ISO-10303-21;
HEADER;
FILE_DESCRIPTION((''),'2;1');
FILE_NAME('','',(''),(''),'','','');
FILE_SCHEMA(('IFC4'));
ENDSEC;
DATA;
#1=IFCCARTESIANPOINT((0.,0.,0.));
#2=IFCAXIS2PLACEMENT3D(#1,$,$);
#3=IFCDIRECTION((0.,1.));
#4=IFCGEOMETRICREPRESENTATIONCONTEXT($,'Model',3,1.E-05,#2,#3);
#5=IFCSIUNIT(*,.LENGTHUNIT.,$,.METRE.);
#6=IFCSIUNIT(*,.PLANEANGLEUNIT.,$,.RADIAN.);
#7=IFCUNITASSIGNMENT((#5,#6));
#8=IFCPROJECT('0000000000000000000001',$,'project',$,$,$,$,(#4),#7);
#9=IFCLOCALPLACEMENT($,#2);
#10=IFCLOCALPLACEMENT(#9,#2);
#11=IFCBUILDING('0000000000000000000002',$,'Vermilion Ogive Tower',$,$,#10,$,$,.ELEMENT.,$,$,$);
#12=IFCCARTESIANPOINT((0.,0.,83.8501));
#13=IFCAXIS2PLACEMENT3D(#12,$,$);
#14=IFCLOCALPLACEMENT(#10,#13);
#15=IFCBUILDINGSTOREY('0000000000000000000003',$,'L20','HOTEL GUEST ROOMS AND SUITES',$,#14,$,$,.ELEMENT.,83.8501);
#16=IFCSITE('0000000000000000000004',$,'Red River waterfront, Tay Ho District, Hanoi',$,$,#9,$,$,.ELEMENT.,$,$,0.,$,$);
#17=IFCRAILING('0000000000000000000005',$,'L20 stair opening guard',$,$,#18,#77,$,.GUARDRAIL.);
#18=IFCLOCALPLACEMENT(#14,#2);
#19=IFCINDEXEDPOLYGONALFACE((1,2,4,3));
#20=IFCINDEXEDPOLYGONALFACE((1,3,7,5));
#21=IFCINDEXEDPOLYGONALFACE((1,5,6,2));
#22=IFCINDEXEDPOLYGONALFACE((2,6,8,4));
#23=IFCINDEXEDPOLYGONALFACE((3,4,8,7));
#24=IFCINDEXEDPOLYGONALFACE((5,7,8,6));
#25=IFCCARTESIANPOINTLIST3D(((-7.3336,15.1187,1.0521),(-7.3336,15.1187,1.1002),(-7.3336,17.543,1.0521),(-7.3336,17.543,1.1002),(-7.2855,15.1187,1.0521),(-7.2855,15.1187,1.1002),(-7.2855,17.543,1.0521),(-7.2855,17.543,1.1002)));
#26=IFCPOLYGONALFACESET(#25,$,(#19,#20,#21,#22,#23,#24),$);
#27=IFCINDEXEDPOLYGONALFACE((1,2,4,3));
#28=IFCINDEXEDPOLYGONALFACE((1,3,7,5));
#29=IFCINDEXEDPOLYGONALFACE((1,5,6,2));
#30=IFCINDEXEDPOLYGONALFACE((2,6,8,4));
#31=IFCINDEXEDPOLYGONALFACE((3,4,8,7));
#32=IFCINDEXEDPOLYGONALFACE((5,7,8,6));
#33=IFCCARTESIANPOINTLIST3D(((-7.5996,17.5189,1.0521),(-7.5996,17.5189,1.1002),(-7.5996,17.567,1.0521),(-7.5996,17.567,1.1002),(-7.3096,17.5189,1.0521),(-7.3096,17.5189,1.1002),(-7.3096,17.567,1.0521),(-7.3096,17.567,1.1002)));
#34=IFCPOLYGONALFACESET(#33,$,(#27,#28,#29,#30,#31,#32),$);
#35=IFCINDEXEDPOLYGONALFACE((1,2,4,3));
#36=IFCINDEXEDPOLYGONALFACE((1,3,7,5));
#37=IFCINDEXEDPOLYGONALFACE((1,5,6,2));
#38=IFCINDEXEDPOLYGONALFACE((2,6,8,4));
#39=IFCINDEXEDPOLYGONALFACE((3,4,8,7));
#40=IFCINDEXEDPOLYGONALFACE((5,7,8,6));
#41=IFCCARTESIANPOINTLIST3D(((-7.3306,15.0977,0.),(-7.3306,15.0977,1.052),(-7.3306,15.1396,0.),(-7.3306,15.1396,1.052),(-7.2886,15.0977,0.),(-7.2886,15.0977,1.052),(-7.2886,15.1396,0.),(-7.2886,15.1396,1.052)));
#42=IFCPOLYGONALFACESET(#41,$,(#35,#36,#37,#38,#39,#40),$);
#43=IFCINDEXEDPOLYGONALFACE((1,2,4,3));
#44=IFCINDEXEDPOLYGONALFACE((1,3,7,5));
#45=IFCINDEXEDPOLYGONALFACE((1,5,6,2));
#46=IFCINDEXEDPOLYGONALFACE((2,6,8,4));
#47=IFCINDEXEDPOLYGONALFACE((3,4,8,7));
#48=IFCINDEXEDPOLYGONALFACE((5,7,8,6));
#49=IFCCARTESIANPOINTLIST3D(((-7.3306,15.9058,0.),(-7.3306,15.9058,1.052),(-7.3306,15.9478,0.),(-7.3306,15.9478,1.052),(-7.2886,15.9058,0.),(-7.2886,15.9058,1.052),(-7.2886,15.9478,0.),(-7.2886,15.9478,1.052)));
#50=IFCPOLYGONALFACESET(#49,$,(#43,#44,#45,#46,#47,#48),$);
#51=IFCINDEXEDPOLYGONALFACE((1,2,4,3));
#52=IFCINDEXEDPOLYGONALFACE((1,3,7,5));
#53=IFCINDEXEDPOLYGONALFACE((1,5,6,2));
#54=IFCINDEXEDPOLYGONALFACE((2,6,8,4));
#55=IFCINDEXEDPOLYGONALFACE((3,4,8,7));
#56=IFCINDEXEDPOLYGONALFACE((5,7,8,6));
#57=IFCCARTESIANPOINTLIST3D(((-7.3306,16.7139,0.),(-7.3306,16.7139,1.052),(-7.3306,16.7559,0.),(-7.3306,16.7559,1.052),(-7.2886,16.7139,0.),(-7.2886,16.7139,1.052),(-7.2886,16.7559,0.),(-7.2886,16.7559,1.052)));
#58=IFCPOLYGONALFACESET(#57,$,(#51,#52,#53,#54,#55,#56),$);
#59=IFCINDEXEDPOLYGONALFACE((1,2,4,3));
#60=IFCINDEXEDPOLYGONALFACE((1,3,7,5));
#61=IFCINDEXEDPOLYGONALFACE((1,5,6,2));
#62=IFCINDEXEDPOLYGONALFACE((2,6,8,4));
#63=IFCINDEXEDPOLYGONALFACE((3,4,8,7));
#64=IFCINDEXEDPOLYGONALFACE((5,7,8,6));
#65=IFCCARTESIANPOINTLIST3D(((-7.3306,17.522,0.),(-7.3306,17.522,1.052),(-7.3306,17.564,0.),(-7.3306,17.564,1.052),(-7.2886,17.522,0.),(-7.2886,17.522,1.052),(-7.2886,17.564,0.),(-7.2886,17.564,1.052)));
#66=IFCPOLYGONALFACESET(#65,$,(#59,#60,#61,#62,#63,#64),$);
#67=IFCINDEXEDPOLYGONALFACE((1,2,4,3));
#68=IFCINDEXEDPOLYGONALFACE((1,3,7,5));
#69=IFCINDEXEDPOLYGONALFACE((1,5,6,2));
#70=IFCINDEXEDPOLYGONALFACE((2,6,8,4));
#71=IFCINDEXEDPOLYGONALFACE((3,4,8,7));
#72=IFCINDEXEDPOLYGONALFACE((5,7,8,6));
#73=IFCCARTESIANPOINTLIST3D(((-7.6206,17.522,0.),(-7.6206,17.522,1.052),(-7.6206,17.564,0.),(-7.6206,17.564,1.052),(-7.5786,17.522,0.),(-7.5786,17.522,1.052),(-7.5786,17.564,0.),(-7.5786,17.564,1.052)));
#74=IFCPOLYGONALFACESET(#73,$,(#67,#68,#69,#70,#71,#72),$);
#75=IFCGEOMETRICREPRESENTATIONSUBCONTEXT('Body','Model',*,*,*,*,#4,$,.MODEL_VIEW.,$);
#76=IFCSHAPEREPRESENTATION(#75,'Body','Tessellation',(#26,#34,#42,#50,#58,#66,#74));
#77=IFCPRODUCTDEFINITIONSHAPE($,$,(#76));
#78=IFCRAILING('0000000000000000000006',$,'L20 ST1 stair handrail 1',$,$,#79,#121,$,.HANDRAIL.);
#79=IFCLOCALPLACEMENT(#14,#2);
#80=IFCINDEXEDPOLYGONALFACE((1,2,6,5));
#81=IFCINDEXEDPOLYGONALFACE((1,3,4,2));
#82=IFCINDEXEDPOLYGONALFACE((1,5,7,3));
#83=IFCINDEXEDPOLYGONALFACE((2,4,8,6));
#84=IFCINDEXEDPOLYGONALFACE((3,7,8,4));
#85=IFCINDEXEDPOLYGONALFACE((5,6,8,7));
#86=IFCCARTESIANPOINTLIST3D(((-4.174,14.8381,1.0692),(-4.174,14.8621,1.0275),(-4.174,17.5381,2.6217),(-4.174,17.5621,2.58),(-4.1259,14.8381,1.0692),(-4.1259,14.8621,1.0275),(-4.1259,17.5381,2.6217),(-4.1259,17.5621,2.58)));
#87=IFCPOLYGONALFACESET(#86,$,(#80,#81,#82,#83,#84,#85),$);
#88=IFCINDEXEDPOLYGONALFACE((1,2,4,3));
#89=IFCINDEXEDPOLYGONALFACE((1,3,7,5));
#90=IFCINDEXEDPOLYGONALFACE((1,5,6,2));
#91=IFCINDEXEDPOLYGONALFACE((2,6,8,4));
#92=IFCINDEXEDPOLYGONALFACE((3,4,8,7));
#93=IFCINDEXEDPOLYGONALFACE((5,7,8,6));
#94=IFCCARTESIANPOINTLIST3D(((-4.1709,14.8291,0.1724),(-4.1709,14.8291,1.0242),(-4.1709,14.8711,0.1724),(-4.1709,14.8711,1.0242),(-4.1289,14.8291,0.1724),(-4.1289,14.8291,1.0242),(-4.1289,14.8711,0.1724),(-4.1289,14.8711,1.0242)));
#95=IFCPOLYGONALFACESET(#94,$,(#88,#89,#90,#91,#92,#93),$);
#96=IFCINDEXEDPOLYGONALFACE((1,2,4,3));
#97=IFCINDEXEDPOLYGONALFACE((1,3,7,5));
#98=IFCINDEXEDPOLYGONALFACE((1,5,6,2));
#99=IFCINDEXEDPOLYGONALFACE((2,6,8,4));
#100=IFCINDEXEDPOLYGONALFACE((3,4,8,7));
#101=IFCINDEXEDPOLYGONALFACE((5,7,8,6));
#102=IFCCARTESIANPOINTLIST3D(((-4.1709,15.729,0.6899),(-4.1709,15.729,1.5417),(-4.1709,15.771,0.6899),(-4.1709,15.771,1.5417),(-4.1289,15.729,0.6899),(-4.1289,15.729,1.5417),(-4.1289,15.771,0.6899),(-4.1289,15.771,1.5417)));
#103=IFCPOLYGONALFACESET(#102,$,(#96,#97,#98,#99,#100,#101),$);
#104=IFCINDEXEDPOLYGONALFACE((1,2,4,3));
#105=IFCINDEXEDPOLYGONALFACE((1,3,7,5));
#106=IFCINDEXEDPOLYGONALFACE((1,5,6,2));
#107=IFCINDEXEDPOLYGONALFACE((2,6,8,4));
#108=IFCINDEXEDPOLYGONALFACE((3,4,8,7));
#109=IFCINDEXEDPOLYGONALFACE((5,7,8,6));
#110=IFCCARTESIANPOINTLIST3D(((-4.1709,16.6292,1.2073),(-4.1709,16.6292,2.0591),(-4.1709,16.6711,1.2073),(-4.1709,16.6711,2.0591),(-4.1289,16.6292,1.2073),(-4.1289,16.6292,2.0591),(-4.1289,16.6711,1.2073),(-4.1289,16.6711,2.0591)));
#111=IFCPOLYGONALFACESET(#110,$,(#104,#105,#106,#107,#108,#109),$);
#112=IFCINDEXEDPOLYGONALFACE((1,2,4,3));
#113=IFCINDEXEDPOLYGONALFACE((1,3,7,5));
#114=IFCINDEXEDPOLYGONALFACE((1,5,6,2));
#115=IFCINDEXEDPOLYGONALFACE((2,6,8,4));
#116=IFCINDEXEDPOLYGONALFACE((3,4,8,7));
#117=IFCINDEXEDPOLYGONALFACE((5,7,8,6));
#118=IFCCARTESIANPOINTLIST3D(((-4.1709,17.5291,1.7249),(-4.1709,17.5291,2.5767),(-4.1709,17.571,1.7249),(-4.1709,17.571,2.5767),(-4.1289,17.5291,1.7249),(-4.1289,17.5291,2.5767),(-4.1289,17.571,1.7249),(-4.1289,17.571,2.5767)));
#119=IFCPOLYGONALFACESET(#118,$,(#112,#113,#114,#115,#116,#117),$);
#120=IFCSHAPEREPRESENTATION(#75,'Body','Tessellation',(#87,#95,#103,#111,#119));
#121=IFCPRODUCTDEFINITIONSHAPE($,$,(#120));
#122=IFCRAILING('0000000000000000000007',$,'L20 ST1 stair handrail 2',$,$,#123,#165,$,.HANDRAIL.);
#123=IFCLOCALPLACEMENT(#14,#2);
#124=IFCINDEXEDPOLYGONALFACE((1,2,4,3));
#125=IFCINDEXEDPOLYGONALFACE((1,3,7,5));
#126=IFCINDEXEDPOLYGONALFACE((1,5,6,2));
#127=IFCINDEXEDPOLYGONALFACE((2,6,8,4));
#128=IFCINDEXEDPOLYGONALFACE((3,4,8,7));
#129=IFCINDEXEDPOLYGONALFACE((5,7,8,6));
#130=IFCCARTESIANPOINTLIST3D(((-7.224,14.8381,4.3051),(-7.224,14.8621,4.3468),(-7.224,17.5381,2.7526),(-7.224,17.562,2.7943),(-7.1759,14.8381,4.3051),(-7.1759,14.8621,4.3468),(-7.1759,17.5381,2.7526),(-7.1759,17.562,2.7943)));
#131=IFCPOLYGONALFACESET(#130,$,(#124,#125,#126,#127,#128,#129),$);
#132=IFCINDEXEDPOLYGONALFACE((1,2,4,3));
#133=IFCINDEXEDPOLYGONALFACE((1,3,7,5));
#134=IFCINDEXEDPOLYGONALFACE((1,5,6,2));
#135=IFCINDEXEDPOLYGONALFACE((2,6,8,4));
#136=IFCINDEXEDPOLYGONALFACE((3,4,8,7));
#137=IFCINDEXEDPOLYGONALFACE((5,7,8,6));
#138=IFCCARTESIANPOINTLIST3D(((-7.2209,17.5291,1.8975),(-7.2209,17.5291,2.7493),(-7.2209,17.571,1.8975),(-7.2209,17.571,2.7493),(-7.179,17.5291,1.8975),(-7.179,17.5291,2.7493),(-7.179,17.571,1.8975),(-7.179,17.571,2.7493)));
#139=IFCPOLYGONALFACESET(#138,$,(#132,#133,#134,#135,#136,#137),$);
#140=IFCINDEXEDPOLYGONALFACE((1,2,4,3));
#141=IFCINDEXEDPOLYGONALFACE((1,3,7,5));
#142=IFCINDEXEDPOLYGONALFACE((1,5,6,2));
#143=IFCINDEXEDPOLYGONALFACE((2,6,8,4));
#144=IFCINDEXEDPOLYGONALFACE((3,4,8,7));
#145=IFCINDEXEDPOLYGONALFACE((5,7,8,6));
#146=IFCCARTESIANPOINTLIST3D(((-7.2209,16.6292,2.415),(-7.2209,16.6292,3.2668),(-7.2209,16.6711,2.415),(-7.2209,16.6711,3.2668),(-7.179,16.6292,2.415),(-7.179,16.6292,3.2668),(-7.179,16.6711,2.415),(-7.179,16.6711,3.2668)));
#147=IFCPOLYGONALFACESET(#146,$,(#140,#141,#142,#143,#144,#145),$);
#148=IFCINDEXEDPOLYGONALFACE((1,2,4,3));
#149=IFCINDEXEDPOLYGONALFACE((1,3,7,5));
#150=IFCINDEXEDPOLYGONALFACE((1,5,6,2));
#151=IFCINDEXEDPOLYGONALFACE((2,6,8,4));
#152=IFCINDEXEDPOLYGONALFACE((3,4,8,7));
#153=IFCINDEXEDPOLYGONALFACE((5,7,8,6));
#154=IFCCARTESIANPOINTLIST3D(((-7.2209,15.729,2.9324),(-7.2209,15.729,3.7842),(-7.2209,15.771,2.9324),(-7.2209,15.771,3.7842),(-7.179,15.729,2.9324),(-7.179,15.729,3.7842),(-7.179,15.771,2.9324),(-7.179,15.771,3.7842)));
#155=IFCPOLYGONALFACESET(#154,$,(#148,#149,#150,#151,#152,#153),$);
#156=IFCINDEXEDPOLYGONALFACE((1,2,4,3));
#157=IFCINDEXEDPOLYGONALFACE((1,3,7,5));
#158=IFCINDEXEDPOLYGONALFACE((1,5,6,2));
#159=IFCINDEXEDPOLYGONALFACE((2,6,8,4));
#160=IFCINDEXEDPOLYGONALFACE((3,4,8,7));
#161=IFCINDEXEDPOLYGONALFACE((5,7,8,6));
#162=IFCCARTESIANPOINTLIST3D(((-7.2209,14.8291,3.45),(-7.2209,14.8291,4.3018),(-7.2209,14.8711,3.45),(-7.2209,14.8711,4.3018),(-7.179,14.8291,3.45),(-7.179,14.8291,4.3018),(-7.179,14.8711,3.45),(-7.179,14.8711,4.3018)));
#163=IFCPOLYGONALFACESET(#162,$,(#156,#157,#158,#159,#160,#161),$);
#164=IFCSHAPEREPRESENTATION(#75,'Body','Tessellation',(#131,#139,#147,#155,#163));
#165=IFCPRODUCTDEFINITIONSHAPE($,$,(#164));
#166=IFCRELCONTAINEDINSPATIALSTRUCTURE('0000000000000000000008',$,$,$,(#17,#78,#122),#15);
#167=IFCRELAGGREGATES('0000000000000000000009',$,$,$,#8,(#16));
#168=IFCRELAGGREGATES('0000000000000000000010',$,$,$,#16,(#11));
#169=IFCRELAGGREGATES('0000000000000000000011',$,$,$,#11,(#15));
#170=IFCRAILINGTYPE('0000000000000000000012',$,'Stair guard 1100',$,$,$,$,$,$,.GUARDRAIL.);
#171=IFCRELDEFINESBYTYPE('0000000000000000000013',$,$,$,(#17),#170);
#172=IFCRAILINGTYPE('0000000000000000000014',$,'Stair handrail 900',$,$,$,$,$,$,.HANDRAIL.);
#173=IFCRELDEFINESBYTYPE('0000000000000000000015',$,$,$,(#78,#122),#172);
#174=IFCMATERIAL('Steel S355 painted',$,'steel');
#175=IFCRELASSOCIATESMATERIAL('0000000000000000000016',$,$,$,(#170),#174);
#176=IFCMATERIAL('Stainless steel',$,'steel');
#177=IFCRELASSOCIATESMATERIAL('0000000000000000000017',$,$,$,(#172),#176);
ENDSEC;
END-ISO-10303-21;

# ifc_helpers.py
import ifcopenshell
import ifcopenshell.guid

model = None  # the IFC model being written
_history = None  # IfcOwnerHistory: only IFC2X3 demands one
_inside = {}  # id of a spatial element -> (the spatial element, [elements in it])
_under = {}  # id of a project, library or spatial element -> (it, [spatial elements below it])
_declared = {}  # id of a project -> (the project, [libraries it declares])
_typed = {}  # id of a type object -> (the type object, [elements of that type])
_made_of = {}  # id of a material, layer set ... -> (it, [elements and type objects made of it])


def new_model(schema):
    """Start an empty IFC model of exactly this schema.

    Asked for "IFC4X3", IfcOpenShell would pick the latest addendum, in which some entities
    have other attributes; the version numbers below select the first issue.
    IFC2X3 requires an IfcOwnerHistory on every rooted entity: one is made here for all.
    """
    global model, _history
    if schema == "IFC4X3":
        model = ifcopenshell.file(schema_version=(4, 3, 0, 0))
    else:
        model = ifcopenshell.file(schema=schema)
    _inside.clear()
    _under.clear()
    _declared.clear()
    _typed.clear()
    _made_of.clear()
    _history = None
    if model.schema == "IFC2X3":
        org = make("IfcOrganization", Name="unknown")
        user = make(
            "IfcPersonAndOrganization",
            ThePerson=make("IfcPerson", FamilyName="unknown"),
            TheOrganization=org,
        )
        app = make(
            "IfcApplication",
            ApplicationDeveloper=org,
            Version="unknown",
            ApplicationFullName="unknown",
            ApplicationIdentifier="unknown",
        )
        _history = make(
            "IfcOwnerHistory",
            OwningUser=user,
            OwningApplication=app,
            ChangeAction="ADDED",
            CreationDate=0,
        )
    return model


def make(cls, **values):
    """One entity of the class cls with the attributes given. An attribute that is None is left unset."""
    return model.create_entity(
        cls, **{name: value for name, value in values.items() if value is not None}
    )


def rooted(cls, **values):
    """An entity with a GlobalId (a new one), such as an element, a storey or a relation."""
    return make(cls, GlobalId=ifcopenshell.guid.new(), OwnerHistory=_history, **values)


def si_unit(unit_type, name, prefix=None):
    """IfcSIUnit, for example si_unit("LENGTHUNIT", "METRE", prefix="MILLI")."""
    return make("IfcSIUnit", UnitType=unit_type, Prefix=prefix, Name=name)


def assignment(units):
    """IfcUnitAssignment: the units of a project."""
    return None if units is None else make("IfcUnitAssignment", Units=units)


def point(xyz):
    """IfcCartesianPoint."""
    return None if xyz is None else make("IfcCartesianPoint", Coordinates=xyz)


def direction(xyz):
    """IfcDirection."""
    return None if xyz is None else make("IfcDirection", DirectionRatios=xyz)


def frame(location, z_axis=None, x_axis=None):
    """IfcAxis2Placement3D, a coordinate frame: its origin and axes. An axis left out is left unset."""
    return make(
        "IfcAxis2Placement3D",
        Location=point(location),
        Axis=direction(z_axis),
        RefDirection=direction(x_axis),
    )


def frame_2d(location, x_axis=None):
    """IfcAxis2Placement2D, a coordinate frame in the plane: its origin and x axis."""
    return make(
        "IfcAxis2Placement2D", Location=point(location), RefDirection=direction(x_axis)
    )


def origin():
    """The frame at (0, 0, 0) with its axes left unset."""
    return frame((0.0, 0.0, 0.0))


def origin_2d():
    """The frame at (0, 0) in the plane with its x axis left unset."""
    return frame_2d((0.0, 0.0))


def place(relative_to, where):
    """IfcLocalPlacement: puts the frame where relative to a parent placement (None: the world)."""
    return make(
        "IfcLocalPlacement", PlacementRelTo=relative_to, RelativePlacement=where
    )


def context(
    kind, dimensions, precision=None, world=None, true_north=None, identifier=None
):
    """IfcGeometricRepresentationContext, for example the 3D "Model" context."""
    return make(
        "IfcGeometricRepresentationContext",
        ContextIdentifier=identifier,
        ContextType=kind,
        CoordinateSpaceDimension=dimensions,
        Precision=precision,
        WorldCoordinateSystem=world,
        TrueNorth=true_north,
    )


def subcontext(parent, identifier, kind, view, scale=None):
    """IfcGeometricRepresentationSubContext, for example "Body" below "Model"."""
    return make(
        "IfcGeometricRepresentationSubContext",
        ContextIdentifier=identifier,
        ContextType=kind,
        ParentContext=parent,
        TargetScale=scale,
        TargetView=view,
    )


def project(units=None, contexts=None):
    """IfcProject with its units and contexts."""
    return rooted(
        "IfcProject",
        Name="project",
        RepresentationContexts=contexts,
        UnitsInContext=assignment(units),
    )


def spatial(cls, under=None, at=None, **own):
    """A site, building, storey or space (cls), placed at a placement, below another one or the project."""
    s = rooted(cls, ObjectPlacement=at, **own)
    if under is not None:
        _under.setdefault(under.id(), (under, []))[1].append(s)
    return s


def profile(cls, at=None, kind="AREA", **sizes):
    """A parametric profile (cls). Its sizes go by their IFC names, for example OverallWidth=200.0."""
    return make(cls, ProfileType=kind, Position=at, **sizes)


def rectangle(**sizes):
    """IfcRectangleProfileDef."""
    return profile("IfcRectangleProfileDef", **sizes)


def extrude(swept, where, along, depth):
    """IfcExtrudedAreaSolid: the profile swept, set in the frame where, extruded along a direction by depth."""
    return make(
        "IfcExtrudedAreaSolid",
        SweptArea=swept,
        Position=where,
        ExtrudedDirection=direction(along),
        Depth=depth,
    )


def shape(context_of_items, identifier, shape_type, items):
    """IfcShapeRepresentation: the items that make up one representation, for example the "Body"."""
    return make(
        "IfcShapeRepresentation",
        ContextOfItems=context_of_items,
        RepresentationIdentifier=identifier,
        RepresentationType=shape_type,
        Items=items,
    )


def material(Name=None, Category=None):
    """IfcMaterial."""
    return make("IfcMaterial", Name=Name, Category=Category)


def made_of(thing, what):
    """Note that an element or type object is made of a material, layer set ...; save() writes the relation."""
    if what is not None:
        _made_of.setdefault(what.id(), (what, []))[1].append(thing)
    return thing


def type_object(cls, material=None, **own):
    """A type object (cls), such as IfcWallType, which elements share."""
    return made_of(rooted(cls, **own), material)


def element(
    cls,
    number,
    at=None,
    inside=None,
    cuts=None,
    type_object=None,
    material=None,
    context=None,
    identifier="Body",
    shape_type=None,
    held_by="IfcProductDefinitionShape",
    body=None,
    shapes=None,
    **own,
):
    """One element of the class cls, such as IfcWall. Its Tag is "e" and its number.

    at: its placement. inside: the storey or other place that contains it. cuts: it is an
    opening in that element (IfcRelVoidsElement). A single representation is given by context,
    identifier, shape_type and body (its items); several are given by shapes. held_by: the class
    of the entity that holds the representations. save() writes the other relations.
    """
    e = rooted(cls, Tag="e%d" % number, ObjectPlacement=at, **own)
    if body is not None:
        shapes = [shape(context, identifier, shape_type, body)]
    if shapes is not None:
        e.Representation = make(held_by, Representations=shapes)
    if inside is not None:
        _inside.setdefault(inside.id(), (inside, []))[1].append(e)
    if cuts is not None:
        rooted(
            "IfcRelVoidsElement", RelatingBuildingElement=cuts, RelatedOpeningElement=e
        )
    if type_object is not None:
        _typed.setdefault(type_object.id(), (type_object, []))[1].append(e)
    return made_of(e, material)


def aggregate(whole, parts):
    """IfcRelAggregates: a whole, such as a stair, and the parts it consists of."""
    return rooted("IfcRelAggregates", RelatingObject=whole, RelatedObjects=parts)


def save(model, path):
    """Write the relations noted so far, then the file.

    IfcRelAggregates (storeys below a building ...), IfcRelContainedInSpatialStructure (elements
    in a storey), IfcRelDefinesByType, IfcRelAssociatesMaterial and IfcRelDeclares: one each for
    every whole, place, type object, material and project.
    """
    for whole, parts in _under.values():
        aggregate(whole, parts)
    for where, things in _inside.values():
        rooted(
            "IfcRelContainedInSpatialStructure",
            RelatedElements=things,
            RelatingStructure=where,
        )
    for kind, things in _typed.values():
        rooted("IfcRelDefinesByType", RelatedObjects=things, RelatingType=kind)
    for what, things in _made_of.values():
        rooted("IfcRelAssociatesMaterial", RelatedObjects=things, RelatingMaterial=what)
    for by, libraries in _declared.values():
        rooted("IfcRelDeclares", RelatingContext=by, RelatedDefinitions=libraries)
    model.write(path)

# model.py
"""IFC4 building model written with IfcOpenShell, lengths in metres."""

from ifc_helpers import new_model, si_unit, direction, frame, origin, origin_2d, place, context, subcontext, project, spatial, rectangle, extrude, material, type_object, element, save


model = new_model("IFC4")

# Units and contexts
model_context = context("Model", 3, precision=1e-05, world=origin(), true_north=direction((0.0, 1.0)))
body_context = subcontext(model_context, "Body", "Model", "MODEL_VIEW")
ifc_project = project(units=[si_unit("LENGTHUNIT", "METRE"), si_unit("PLANEANGLEUNIT", "RADIAN")], contexts=[model_context])

# Site, building, storey
site_placement = place(None, origin())
site = spatial("IfcSite", under=ifc_project, at=site_placement, Name="Red River waterfront, Tay Ho District, Hanoi", CompositionType="ELEMENT", RefElevation=0.0)
building_placement = place(site_placement, origin())
building = spatial("IfcBuilding", under=site, at=building_placement, Name="Vermilion Ogive Tower", CompositionType="ELEMENT")
storey_placement = place(building_placement, frame((0.0, 0.0, 83.8501)))
storey = spatial("IfcBuildingStorey", under=building, at=storey_placement, Name="L20", Description="HOTEL GUEST ROOMS AND SUITES", CompositionType="ELEMENT", Elevation=83.8501)

# Railings
ifc_material_1 = material(Name="Steel S355 painted", Category="steel")
railing_type_1 = type_object("IfcRailingType", Name="Stair guard 1100", PredefinedType="GUARDRAIL", material=ifc_material_1)
railing_1_placement = place(storey_placement, frame((-7.3096, 15.1187, 0.0)))
element("IfcRailing", 1, at=railing_1_placement, inside=storey, type_object=railing_type_1, Name="L20 stair opening guard", PredefinedType="GUARDRAIL", context=body_context, shape_type="SweptSolid", body=[
    extrude(rectangle(XDim=0.0481, YDim=0.0481, at=origin_2d()), frame((0.0, 0.0, 1.0762), z_axis=(0.0, 1.0, 0.0), x_axis=(-1.0, 0.0, 0.0)), (0.0, 0.0, 1.0), 2.4243),
    extrude(rectangle(XDim=0.0481, YDim=0.0481, at=origin_2d()), frame((0.0, 2.4243, 1.0762), z_axis=(-1.0, 0.0, 0.0), x_axis=(0.0, -1.0, 0.0)), (0.0, 0.0, 1.0), 0.29),
    extrude(rectangle(XDim=0.042, YDim=0.042, at=origin_2d()), origin(), (0.0, 0.0, 1.0), 1.052),
    extrude(rectangle(XDim=0.042, YDim=0.042, at=origin_2d()), frame((0.0, 0.8081, 0.0)), (0.0, 0.0, 1.0), 1.052),
    extrude(rectangle(XDim=0.042, YDim=0.042, at=origin_2d()), frame((0.0, 1.6162, 0.0)), (0.0, 0.0, 1.0), 1.052),
    extrude(rectangle(XDim=0.042, YDim=0.042, at=origin_2d()), frame((0.0, 2.4243, 0.0)), (0.0, 0.0, 1.0), 1.052),
    extrude(rectangle(XDim=0.042, YDim=0.042, at=origin_2d()), frame((-0.29, 2.4243, 0.0)), (0.0, 0.0, 1.0), 1.052),
])
ifc_material_2 = material(Name="Stainless steel", Category="steel")
railing_type_2 = type_object("IfcRailingType", Name="Stair handrail 900", PredefinedType="HANDRAIL", material=ifc_material_2)
railing_2_placement = place(storey_placement, frame((-4.1499, 14.8501, 0.1724)))
element("IfcRailing", 2, at=railing_2_placement, inside=storey, type_object=railing_type_2, Name="L20 ST1 stair handrail 1", PredefinedType="HANDRAIL", context=body_context, shape_type="SweptSolid", body=[
    extrude(rectangle(XDim=0.0481, YDim=0.0481, at=origin_2d()), frame((0.0, 0.0, 0.876), z_axis=(0.0, 0.866904, 0.498476), x_axis=(-1.0, 0.0, 0.0)), (0.0, 0.0, 1.0), 3.1145),
    extrude(rectangle(XDim=0.042, YDim=0.042, at=origin_2d()), origin(), (0.0, 0.0, 1.0), 0.8518),
    extrude(rectangle(XDim=0.042, YDim=0.042, at=origin_2d()), frame((0.0, 0.8999, 0.5176)), (0.0, 0.0, 1.0), 0.8518),
    extrude(rectangle(XDim=0.042, YDim=0.042, at=origin_2d()), frame((0.0, 1.8, 1.0349)), (0.0, 0.0, 1.0), 0.8518),
    extrude(rectangle(XDim=0.042, YDim=0.042, at=origin_2d()), frame((0.0, 2.7, 1.5525)), (0.0, 0.0, 1.0), 0.8518),
])
railing_3_placement = place(storey_placement, frame((-7.2, 17.55, 1.8975)))
element("IfcRailing", 3, at=railing_3_placement, inside=storey, type_object=railing_type_2, Name="L20 ST1 stair handrail 2", PredefinedType="HANDRAIL", context=body_context, shape_type="SweptSolid", body=[
    extrude(rectangle(XDim=0.0481, YDim=0.0481, at=origin_2d()), frame((0.0, 0.0, 0.876), z_axis=(0.0, -0.866904, 0.498476), x_axis=(1.0, 0.0, 0.0)), (0.0, 0.0, 1.0), 3.1145),
    extrude(rectangle(XDim=0.042, YDim=0.042, at=origin_2d()), origin(), (0.0, 0.0, 1.0), 0.8518),
    extrude(rectangle(XDim=0.042, YDim=0.042, at=origin_2d()), frame((0.0, -0.8999, 0.5176)), (0.0, 0.0, 1.0), 0.8518),
    extrude(rectangle(XDim=0.042, YDim=0.042, at=origin_2d()), frame((0.0, -1.8, 1.0349)), (0.0, 0.0, 1.0), 0.8518),
    extrude(rectangle(XDim=0.042, YDim=0.042, at=origin_2d()), frame((0.0, -2.7, 1.5525)), (0.0, 0.0, 1.0), 0.8518),
])

save(model, "model.ifc")
